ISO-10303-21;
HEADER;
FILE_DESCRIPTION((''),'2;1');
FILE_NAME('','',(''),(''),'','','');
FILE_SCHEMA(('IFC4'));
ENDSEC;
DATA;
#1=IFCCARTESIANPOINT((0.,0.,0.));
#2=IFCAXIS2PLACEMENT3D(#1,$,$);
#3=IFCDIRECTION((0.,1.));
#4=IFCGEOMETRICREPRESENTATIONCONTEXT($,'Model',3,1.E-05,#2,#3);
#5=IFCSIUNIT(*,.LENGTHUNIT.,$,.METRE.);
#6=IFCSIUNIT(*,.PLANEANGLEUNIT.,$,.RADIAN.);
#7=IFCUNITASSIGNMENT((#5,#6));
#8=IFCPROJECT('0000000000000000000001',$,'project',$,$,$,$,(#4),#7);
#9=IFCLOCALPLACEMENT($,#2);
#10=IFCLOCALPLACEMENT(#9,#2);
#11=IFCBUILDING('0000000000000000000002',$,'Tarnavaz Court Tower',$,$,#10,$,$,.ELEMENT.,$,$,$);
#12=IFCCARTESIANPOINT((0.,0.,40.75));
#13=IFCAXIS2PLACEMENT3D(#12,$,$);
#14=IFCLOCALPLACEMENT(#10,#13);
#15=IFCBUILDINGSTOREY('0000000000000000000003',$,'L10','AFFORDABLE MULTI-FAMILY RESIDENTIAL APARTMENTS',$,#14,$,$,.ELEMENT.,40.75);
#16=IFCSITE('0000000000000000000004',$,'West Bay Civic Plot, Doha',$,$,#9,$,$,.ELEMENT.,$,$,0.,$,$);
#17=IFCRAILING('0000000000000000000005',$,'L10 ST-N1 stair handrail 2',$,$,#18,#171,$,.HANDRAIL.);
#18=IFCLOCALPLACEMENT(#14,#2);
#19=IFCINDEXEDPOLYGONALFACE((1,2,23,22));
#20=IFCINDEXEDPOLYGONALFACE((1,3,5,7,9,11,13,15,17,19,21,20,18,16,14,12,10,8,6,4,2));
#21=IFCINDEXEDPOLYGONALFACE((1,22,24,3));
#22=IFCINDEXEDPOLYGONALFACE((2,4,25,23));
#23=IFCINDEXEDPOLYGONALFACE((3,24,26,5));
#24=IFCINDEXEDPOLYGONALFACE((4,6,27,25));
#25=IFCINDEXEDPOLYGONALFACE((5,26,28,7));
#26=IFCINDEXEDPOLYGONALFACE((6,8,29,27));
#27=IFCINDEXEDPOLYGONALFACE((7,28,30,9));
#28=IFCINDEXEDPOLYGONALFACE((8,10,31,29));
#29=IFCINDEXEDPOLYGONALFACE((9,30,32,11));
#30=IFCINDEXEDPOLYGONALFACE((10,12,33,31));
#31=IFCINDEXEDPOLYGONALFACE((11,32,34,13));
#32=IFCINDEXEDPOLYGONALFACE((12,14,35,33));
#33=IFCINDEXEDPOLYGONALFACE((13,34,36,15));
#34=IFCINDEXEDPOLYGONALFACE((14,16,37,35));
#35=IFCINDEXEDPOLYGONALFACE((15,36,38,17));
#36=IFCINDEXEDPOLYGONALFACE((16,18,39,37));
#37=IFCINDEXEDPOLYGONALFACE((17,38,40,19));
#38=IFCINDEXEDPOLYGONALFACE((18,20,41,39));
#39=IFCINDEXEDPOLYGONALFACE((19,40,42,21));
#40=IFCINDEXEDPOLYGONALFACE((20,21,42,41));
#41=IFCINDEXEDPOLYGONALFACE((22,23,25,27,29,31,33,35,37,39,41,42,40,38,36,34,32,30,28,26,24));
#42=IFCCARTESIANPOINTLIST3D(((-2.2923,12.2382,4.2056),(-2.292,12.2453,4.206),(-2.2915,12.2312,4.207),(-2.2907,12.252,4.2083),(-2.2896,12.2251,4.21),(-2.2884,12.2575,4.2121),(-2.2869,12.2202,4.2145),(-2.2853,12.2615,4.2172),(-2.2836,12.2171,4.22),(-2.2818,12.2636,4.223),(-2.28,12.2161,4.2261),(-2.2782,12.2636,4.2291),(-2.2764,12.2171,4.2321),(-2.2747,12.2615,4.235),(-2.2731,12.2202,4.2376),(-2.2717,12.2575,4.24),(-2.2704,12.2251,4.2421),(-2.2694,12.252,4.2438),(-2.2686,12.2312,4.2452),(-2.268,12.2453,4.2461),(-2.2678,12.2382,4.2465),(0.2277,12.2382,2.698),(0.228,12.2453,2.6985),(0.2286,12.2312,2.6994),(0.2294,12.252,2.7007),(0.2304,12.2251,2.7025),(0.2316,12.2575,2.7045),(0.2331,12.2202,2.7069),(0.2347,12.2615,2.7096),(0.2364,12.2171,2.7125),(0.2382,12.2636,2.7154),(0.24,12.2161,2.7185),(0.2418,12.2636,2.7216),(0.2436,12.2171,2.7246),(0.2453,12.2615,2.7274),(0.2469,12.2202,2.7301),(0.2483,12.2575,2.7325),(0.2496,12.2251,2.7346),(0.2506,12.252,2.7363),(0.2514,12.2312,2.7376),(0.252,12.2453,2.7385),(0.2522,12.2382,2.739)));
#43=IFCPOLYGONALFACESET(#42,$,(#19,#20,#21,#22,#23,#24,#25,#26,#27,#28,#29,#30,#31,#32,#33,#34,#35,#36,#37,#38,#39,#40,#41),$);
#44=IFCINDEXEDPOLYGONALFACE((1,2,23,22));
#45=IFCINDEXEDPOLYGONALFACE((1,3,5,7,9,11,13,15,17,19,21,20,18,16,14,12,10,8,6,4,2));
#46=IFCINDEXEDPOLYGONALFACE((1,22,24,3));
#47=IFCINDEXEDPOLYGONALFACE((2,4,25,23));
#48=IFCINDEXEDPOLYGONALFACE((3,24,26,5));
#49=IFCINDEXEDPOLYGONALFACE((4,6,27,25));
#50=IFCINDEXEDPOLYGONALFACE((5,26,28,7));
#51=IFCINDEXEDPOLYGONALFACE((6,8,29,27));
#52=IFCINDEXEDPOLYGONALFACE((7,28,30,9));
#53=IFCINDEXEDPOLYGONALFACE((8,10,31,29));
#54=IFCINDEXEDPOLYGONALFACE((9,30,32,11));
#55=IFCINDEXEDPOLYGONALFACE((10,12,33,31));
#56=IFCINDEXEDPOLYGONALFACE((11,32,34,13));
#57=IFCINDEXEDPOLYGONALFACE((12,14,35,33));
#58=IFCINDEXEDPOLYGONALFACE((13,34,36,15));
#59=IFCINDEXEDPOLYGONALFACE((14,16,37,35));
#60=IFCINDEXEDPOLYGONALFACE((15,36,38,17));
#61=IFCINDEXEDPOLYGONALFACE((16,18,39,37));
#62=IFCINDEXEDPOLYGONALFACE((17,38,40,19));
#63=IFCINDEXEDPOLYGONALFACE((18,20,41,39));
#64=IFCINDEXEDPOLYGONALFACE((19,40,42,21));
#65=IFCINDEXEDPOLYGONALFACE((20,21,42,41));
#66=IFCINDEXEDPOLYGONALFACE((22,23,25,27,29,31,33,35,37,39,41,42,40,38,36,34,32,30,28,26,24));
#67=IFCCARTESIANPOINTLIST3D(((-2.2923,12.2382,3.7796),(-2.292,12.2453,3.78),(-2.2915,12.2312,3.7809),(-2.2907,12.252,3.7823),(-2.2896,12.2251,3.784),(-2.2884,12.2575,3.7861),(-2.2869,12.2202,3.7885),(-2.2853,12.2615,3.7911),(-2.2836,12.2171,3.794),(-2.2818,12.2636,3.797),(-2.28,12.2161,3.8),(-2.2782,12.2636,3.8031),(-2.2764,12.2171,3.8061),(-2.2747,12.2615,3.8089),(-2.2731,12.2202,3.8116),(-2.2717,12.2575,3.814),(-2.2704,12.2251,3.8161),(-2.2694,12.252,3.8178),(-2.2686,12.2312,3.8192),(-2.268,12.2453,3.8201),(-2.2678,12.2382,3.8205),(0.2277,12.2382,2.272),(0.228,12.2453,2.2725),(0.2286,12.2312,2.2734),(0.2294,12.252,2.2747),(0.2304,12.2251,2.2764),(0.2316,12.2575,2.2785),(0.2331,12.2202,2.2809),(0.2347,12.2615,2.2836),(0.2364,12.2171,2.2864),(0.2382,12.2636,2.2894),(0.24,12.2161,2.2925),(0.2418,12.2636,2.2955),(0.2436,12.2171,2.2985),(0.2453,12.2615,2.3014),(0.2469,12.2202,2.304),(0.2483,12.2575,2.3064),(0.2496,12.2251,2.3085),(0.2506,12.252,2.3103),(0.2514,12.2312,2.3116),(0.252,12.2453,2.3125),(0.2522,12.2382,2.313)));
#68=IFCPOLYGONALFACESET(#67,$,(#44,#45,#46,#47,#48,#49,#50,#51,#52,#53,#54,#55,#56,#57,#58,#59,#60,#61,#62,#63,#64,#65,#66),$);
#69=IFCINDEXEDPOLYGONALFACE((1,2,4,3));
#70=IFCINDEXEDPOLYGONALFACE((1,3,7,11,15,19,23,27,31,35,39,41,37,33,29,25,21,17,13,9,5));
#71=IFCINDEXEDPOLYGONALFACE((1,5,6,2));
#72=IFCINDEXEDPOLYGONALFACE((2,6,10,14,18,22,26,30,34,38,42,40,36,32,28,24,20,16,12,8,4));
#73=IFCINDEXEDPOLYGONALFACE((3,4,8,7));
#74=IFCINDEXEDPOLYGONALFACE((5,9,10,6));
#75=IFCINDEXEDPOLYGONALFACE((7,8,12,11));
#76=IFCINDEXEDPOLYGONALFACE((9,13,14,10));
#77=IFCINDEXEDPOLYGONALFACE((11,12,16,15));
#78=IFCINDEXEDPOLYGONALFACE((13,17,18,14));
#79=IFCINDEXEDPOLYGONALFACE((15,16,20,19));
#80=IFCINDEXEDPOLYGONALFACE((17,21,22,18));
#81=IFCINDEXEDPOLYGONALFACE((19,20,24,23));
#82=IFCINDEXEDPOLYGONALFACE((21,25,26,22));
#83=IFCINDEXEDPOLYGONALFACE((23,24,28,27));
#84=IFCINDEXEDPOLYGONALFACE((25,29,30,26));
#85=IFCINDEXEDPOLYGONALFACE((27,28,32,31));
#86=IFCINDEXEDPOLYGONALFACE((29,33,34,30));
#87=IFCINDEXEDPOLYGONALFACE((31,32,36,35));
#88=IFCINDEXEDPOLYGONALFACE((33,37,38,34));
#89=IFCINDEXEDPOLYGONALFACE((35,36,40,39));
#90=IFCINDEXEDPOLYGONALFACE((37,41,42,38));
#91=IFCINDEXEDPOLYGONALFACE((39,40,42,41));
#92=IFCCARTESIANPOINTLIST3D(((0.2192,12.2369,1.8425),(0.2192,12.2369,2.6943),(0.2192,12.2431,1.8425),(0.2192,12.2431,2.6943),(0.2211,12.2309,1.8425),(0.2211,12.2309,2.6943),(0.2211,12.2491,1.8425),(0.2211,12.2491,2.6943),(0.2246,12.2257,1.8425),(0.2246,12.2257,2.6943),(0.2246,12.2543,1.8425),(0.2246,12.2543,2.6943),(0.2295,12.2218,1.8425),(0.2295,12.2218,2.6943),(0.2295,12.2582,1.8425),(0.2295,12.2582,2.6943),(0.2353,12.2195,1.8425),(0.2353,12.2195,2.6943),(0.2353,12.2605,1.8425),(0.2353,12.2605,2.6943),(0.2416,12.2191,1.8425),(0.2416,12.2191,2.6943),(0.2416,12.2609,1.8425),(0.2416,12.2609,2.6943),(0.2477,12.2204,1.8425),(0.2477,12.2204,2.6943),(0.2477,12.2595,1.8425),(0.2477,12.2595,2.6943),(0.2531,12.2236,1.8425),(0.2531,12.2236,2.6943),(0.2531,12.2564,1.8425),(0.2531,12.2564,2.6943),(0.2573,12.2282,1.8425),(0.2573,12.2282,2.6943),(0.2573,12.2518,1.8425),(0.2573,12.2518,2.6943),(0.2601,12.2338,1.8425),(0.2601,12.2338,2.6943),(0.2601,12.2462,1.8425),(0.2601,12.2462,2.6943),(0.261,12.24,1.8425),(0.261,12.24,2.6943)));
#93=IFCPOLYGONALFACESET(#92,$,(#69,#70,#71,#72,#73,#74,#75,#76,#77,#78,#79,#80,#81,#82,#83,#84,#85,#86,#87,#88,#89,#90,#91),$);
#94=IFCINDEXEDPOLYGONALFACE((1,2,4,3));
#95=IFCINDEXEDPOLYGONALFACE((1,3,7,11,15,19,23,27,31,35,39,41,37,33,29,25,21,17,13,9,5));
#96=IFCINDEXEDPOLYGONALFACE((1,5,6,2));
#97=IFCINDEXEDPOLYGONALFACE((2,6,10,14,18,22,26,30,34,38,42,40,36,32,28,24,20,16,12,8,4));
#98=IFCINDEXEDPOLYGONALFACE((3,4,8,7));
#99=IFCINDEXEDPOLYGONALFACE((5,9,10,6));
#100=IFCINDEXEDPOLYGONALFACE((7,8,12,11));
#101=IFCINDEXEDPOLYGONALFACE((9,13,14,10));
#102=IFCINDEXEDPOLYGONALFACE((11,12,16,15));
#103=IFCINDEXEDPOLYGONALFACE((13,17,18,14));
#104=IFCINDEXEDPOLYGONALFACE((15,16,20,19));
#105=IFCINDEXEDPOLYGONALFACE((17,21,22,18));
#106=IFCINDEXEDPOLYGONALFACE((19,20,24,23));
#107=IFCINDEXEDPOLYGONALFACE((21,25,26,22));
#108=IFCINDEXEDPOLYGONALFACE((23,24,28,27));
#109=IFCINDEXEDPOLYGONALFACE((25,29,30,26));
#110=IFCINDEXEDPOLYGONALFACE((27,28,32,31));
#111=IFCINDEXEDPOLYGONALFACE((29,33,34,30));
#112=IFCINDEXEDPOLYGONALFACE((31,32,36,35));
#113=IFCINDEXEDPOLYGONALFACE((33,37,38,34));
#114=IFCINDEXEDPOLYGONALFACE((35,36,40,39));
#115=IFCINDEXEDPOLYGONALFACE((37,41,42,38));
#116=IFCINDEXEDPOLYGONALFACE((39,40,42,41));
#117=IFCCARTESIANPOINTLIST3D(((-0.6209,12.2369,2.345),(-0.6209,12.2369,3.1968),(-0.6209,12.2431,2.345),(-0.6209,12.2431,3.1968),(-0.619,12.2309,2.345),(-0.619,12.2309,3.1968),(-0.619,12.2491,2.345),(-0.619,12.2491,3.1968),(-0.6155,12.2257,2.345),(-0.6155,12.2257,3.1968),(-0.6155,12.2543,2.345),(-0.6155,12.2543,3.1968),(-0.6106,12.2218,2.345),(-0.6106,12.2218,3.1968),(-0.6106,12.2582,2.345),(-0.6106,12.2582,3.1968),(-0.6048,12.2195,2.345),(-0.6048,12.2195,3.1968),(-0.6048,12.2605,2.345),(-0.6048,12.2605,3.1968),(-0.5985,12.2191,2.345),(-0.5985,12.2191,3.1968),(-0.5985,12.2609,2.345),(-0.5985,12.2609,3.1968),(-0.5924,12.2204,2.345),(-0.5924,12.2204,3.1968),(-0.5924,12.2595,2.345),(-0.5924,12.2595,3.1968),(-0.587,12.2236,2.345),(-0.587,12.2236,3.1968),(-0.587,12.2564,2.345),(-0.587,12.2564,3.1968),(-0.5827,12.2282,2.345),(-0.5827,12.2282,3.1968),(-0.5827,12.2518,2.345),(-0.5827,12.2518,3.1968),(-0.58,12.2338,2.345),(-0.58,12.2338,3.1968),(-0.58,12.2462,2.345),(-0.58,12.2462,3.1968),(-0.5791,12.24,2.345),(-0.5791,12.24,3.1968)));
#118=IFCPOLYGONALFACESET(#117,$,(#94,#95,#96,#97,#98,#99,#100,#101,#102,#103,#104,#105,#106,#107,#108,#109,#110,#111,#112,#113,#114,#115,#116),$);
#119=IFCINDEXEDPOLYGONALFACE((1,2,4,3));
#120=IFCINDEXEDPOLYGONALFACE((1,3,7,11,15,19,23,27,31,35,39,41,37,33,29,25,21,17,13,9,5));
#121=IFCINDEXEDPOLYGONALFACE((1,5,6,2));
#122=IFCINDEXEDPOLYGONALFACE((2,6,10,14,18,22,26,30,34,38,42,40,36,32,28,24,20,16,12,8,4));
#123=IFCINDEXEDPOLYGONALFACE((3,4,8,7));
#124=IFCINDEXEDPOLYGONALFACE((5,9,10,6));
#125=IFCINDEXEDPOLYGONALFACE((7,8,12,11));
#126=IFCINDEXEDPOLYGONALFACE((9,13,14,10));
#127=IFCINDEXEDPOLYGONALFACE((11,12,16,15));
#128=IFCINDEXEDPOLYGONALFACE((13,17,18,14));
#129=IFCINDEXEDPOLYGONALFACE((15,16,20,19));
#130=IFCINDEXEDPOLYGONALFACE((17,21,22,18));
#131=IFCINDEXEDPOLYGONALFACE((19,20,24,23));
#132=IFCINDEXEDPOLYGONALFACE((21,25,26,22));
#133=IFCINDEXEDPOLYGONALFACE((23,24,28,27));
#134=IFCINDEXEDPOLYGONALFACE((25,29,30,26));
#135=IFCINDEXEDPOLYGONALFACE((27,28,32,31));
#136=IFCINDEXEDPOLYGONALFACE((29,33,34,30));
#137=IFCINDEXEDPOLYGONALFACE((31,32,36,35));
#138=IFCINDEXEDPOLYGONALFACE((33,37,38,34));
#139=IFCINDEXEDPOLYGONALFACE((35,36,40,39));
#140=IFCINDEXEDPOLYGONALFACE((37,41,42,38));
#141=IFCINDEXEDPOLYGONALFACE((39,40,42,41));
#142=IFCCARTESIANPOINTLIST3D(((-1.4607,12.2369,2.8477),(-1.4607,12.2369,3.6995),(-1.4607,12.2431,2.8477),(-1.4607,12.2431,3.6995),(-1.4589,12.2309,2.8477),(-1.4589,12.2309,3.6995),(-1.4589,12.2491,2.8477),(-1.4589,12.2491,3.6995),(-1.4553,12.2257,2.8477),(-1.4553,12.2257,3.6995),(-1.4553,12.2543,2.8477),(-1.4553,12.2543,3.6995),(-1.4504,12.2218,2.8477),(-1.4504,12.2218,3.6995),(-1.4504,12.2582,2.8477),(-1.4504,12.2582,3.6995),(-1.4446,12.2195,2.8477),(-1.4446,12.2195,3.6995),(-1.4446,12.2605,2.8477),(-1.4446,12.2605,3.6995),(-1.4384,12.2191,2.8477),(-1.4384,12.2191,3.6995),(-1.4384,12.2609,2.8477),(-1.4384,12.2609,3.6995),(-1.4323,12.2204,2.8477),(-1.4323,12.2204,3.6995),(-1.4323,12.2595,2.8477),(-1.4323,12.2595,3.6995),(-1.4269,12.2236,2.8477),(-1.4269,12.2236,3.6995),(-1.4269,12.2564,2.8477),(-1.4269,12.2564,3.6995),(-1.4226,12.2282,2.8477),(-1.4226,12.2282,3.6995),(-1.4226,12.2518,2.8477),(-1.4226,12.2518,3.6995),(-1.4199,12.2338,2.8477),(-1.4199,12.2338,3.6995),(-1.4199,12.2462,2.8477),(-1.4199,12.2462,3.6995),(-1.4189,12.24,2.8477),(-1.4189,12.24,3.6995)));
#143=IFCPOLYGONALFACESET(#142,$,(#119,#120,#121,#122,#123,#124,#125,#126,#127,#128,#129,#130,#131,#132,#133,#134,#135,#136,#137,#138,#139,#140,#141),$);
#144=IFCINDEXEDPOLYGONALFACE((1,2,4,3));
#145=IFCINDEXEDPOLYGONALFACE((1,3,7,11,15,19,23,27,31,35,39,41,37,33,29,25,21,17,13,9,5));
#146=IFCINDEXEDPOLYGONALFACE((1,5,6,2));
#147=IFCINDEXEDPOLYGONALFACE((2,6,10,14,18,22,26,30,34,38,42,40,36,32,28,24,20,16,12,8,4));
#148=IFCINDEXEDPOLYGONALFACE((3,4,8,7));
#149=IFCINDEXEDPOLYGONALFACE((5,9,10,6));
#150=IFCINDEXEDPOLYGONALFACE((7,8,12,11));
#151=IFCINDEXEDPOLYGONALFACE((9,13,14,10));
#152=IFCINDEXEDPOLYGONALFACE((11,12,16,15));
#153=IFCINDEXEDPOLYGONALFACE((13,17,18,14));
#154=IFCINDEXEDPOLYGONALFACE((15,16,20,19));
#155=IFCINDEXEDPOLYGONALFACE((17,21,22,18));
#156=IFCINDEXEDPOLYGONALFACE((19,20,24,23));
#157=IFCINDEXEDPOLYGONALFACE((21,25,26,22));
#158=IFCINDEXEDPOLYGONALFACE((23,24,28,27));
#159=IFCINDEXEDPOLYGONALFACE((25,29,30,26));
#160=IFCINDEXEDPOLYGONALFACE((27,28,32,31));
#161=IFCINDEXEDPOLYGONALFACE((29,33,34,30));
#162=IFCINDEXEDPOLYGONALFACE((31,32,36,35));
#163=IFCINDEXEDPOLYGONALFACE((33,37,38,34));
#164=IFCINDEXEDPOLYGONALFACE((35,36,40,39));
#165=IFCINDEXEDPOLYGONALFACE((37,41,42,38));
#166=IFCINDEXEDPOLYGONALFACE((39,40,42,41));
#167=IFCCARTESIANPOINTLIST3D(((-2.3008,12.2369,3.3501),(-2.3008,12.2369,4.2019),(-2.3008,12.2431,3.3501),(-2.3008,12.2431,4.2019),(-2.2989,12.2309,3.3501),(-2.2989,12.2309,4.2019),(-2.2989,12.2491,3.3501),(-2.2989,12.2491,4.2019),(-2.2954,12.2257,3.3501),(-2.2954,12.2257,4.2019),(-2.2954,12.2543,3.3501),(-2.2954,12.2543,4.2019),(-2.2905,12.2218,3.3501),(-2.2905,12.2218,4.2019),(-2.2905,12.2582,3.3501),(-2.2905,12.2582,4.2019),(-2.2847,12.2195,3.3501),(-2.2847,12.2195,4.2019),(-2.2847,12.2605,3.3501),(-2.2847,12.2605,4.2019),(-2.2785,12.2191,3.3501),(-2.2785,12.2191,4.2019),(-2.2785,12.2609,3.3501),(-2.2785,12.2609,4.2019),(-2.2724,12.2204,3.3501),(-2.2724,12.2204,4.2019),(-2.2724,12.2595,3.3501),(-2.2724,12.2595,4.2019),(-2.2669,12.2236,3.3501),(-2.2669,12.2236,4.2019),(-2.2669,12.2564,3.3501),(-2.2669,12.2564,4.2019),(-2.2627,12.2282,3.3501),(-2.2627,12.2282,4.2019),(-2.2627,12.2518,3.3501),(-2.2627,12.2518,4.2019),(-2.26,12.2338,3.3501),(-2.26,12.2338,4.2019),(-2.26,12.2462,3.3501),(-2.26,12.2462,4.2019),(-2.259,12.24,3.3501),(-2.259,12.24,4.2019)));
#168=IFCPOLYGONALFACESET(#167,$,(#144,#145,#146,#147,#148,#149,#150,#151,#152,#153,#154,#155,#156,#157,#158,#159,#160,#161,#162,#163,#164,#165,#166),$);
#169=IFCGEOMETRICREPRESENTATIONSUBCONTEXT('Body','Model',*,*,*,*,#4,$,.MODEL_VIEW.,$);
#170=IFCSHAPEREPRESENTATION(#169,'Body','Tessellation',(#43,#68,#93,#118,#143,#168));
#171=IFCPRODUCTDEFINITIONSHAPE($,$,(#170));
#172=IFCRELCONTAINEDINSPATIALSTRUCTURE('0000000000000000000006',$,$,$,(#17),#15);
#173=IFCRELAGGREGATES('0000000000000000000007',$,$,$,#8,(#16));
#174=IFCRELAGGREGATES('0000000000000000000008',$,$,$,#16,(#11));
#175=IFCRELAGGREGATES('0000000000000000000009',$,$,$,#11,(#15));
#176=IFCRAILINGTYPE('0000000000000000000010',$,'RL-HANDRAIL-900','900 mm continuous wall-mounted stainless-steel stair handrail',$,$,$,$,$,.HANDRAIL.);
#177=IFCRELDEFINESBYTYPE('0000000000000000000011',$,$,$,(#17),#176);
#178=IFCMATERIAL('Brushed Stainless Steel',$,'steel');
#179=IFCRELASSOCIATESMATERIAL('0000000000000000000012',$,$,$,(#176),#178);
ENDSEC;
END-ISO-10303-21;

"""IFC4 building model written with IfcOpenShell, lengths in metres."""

from ifc_helpers import new_model, si_unit, direction, frame, origin, origin_2d, place, context, subcontext, project, spatial, circle, extrude, material, type_object, element, save


model = new_model("IFC4")

# Units and contexts
model_context = context("Model", 3, precision=1e-05, world=origin(), true_north=direction((0.0, 1.0)))
body_context = subcontext(model_context, "Body", "Model", "MODEL_VIEW")
ifc_project = project(units=[si_unit("LENGTHUNIT", "METRE"), si_unit("PLANEANGLEUNIT", "RADIAN")], contexts=[model_context])

# Site, building, storey
site_placement = place(None, origin())
site = spatial("IfcSite", under=ifc_project, at=site_placement, Name="West Bay Civic Plot, Doha", CompositionType="ELEMENT", RefElevation=0.0)
building_placement = place(site_placement, origin())
building = spatial("IfcBuilding", under=site, at=building_placement, Name="Tarnavaz Court Tower", CompositionType="ELEMENT")
storey_placement = place(building_placement, frame((0.0, 0.0, 40.75)))
storey = spatial("IfcBuildingStorey", under=building, at=storey_placement, Name="L10", Description="AFFORDABLE MULTI-FAMILY RESIDENTIAL APARTMENTS", CompositionType="ELEMENT", Elevation=40.75)

# Railing
ifc_material_1 = material(Name="Brushed Stainless Steel", Category="steel")
railing_type_1 = type_object("IfcRailingType", Name="RL-HANDRAIL-900", Description="900 mm continuous wall-mounted stainless-steel stair handrail", PredefinedType="HANDRAIL", material=ifc_material_1)
railing_1_placement = place(storey_placement, frame((0.24, 12.24, 1.8425)))
element("IfcRailing", 1, at=railing_1_placement, inside=storey, type_object=railing_type_1, Name="L10 ST-N1 stair handrail 2", PredefinedType="HANDRAIL", context=body_context, shape_type="SweptSolid", body=[
    extrude(circle(Radius=0.0239, at=origin_2d()), frame((0.0, 0.0, 0.876), z_axis=(-0.85816, 0.0, 0.513383), x_axis=(0.0, -1.0, 0.0)), (0.0, 0.0, 1.0), 2.9365),
    extrude(circle(Radius=0.0239, at=origin_2d()), frame((0.0, 0.0, 0.45), z_axis=(-0.85816, 0.0, 0.513383), x_axis=(0.0, -1.0, 0.0)), (0.0, 0.0, 1.0), 2.9365),
    extrude(circle(Radius=0.021, at=origin_2d()), origin(), (0.0, 0.0, 1.0), 0.8518),
    extrude(circle(Radius=0.021, at=origin_2d()), frame((-0.8401, 0.0, 0.5024)), (0.0, 0.0, 1.0), 0.8518),
    extrude(circle(Radius=0.021, at=origin_2d()), frame((-1.6799, 0.0, 1.0051)), (0.0, 0.0, 1.0), 0.8518),
    extrude(circle(Radius=0.021, at=origin_2d()), frame((-2.52, 0.0, 1.5076)), (0.0, 0.0, 1.0), 0.8518),
])

save(model, "model.ifc")
